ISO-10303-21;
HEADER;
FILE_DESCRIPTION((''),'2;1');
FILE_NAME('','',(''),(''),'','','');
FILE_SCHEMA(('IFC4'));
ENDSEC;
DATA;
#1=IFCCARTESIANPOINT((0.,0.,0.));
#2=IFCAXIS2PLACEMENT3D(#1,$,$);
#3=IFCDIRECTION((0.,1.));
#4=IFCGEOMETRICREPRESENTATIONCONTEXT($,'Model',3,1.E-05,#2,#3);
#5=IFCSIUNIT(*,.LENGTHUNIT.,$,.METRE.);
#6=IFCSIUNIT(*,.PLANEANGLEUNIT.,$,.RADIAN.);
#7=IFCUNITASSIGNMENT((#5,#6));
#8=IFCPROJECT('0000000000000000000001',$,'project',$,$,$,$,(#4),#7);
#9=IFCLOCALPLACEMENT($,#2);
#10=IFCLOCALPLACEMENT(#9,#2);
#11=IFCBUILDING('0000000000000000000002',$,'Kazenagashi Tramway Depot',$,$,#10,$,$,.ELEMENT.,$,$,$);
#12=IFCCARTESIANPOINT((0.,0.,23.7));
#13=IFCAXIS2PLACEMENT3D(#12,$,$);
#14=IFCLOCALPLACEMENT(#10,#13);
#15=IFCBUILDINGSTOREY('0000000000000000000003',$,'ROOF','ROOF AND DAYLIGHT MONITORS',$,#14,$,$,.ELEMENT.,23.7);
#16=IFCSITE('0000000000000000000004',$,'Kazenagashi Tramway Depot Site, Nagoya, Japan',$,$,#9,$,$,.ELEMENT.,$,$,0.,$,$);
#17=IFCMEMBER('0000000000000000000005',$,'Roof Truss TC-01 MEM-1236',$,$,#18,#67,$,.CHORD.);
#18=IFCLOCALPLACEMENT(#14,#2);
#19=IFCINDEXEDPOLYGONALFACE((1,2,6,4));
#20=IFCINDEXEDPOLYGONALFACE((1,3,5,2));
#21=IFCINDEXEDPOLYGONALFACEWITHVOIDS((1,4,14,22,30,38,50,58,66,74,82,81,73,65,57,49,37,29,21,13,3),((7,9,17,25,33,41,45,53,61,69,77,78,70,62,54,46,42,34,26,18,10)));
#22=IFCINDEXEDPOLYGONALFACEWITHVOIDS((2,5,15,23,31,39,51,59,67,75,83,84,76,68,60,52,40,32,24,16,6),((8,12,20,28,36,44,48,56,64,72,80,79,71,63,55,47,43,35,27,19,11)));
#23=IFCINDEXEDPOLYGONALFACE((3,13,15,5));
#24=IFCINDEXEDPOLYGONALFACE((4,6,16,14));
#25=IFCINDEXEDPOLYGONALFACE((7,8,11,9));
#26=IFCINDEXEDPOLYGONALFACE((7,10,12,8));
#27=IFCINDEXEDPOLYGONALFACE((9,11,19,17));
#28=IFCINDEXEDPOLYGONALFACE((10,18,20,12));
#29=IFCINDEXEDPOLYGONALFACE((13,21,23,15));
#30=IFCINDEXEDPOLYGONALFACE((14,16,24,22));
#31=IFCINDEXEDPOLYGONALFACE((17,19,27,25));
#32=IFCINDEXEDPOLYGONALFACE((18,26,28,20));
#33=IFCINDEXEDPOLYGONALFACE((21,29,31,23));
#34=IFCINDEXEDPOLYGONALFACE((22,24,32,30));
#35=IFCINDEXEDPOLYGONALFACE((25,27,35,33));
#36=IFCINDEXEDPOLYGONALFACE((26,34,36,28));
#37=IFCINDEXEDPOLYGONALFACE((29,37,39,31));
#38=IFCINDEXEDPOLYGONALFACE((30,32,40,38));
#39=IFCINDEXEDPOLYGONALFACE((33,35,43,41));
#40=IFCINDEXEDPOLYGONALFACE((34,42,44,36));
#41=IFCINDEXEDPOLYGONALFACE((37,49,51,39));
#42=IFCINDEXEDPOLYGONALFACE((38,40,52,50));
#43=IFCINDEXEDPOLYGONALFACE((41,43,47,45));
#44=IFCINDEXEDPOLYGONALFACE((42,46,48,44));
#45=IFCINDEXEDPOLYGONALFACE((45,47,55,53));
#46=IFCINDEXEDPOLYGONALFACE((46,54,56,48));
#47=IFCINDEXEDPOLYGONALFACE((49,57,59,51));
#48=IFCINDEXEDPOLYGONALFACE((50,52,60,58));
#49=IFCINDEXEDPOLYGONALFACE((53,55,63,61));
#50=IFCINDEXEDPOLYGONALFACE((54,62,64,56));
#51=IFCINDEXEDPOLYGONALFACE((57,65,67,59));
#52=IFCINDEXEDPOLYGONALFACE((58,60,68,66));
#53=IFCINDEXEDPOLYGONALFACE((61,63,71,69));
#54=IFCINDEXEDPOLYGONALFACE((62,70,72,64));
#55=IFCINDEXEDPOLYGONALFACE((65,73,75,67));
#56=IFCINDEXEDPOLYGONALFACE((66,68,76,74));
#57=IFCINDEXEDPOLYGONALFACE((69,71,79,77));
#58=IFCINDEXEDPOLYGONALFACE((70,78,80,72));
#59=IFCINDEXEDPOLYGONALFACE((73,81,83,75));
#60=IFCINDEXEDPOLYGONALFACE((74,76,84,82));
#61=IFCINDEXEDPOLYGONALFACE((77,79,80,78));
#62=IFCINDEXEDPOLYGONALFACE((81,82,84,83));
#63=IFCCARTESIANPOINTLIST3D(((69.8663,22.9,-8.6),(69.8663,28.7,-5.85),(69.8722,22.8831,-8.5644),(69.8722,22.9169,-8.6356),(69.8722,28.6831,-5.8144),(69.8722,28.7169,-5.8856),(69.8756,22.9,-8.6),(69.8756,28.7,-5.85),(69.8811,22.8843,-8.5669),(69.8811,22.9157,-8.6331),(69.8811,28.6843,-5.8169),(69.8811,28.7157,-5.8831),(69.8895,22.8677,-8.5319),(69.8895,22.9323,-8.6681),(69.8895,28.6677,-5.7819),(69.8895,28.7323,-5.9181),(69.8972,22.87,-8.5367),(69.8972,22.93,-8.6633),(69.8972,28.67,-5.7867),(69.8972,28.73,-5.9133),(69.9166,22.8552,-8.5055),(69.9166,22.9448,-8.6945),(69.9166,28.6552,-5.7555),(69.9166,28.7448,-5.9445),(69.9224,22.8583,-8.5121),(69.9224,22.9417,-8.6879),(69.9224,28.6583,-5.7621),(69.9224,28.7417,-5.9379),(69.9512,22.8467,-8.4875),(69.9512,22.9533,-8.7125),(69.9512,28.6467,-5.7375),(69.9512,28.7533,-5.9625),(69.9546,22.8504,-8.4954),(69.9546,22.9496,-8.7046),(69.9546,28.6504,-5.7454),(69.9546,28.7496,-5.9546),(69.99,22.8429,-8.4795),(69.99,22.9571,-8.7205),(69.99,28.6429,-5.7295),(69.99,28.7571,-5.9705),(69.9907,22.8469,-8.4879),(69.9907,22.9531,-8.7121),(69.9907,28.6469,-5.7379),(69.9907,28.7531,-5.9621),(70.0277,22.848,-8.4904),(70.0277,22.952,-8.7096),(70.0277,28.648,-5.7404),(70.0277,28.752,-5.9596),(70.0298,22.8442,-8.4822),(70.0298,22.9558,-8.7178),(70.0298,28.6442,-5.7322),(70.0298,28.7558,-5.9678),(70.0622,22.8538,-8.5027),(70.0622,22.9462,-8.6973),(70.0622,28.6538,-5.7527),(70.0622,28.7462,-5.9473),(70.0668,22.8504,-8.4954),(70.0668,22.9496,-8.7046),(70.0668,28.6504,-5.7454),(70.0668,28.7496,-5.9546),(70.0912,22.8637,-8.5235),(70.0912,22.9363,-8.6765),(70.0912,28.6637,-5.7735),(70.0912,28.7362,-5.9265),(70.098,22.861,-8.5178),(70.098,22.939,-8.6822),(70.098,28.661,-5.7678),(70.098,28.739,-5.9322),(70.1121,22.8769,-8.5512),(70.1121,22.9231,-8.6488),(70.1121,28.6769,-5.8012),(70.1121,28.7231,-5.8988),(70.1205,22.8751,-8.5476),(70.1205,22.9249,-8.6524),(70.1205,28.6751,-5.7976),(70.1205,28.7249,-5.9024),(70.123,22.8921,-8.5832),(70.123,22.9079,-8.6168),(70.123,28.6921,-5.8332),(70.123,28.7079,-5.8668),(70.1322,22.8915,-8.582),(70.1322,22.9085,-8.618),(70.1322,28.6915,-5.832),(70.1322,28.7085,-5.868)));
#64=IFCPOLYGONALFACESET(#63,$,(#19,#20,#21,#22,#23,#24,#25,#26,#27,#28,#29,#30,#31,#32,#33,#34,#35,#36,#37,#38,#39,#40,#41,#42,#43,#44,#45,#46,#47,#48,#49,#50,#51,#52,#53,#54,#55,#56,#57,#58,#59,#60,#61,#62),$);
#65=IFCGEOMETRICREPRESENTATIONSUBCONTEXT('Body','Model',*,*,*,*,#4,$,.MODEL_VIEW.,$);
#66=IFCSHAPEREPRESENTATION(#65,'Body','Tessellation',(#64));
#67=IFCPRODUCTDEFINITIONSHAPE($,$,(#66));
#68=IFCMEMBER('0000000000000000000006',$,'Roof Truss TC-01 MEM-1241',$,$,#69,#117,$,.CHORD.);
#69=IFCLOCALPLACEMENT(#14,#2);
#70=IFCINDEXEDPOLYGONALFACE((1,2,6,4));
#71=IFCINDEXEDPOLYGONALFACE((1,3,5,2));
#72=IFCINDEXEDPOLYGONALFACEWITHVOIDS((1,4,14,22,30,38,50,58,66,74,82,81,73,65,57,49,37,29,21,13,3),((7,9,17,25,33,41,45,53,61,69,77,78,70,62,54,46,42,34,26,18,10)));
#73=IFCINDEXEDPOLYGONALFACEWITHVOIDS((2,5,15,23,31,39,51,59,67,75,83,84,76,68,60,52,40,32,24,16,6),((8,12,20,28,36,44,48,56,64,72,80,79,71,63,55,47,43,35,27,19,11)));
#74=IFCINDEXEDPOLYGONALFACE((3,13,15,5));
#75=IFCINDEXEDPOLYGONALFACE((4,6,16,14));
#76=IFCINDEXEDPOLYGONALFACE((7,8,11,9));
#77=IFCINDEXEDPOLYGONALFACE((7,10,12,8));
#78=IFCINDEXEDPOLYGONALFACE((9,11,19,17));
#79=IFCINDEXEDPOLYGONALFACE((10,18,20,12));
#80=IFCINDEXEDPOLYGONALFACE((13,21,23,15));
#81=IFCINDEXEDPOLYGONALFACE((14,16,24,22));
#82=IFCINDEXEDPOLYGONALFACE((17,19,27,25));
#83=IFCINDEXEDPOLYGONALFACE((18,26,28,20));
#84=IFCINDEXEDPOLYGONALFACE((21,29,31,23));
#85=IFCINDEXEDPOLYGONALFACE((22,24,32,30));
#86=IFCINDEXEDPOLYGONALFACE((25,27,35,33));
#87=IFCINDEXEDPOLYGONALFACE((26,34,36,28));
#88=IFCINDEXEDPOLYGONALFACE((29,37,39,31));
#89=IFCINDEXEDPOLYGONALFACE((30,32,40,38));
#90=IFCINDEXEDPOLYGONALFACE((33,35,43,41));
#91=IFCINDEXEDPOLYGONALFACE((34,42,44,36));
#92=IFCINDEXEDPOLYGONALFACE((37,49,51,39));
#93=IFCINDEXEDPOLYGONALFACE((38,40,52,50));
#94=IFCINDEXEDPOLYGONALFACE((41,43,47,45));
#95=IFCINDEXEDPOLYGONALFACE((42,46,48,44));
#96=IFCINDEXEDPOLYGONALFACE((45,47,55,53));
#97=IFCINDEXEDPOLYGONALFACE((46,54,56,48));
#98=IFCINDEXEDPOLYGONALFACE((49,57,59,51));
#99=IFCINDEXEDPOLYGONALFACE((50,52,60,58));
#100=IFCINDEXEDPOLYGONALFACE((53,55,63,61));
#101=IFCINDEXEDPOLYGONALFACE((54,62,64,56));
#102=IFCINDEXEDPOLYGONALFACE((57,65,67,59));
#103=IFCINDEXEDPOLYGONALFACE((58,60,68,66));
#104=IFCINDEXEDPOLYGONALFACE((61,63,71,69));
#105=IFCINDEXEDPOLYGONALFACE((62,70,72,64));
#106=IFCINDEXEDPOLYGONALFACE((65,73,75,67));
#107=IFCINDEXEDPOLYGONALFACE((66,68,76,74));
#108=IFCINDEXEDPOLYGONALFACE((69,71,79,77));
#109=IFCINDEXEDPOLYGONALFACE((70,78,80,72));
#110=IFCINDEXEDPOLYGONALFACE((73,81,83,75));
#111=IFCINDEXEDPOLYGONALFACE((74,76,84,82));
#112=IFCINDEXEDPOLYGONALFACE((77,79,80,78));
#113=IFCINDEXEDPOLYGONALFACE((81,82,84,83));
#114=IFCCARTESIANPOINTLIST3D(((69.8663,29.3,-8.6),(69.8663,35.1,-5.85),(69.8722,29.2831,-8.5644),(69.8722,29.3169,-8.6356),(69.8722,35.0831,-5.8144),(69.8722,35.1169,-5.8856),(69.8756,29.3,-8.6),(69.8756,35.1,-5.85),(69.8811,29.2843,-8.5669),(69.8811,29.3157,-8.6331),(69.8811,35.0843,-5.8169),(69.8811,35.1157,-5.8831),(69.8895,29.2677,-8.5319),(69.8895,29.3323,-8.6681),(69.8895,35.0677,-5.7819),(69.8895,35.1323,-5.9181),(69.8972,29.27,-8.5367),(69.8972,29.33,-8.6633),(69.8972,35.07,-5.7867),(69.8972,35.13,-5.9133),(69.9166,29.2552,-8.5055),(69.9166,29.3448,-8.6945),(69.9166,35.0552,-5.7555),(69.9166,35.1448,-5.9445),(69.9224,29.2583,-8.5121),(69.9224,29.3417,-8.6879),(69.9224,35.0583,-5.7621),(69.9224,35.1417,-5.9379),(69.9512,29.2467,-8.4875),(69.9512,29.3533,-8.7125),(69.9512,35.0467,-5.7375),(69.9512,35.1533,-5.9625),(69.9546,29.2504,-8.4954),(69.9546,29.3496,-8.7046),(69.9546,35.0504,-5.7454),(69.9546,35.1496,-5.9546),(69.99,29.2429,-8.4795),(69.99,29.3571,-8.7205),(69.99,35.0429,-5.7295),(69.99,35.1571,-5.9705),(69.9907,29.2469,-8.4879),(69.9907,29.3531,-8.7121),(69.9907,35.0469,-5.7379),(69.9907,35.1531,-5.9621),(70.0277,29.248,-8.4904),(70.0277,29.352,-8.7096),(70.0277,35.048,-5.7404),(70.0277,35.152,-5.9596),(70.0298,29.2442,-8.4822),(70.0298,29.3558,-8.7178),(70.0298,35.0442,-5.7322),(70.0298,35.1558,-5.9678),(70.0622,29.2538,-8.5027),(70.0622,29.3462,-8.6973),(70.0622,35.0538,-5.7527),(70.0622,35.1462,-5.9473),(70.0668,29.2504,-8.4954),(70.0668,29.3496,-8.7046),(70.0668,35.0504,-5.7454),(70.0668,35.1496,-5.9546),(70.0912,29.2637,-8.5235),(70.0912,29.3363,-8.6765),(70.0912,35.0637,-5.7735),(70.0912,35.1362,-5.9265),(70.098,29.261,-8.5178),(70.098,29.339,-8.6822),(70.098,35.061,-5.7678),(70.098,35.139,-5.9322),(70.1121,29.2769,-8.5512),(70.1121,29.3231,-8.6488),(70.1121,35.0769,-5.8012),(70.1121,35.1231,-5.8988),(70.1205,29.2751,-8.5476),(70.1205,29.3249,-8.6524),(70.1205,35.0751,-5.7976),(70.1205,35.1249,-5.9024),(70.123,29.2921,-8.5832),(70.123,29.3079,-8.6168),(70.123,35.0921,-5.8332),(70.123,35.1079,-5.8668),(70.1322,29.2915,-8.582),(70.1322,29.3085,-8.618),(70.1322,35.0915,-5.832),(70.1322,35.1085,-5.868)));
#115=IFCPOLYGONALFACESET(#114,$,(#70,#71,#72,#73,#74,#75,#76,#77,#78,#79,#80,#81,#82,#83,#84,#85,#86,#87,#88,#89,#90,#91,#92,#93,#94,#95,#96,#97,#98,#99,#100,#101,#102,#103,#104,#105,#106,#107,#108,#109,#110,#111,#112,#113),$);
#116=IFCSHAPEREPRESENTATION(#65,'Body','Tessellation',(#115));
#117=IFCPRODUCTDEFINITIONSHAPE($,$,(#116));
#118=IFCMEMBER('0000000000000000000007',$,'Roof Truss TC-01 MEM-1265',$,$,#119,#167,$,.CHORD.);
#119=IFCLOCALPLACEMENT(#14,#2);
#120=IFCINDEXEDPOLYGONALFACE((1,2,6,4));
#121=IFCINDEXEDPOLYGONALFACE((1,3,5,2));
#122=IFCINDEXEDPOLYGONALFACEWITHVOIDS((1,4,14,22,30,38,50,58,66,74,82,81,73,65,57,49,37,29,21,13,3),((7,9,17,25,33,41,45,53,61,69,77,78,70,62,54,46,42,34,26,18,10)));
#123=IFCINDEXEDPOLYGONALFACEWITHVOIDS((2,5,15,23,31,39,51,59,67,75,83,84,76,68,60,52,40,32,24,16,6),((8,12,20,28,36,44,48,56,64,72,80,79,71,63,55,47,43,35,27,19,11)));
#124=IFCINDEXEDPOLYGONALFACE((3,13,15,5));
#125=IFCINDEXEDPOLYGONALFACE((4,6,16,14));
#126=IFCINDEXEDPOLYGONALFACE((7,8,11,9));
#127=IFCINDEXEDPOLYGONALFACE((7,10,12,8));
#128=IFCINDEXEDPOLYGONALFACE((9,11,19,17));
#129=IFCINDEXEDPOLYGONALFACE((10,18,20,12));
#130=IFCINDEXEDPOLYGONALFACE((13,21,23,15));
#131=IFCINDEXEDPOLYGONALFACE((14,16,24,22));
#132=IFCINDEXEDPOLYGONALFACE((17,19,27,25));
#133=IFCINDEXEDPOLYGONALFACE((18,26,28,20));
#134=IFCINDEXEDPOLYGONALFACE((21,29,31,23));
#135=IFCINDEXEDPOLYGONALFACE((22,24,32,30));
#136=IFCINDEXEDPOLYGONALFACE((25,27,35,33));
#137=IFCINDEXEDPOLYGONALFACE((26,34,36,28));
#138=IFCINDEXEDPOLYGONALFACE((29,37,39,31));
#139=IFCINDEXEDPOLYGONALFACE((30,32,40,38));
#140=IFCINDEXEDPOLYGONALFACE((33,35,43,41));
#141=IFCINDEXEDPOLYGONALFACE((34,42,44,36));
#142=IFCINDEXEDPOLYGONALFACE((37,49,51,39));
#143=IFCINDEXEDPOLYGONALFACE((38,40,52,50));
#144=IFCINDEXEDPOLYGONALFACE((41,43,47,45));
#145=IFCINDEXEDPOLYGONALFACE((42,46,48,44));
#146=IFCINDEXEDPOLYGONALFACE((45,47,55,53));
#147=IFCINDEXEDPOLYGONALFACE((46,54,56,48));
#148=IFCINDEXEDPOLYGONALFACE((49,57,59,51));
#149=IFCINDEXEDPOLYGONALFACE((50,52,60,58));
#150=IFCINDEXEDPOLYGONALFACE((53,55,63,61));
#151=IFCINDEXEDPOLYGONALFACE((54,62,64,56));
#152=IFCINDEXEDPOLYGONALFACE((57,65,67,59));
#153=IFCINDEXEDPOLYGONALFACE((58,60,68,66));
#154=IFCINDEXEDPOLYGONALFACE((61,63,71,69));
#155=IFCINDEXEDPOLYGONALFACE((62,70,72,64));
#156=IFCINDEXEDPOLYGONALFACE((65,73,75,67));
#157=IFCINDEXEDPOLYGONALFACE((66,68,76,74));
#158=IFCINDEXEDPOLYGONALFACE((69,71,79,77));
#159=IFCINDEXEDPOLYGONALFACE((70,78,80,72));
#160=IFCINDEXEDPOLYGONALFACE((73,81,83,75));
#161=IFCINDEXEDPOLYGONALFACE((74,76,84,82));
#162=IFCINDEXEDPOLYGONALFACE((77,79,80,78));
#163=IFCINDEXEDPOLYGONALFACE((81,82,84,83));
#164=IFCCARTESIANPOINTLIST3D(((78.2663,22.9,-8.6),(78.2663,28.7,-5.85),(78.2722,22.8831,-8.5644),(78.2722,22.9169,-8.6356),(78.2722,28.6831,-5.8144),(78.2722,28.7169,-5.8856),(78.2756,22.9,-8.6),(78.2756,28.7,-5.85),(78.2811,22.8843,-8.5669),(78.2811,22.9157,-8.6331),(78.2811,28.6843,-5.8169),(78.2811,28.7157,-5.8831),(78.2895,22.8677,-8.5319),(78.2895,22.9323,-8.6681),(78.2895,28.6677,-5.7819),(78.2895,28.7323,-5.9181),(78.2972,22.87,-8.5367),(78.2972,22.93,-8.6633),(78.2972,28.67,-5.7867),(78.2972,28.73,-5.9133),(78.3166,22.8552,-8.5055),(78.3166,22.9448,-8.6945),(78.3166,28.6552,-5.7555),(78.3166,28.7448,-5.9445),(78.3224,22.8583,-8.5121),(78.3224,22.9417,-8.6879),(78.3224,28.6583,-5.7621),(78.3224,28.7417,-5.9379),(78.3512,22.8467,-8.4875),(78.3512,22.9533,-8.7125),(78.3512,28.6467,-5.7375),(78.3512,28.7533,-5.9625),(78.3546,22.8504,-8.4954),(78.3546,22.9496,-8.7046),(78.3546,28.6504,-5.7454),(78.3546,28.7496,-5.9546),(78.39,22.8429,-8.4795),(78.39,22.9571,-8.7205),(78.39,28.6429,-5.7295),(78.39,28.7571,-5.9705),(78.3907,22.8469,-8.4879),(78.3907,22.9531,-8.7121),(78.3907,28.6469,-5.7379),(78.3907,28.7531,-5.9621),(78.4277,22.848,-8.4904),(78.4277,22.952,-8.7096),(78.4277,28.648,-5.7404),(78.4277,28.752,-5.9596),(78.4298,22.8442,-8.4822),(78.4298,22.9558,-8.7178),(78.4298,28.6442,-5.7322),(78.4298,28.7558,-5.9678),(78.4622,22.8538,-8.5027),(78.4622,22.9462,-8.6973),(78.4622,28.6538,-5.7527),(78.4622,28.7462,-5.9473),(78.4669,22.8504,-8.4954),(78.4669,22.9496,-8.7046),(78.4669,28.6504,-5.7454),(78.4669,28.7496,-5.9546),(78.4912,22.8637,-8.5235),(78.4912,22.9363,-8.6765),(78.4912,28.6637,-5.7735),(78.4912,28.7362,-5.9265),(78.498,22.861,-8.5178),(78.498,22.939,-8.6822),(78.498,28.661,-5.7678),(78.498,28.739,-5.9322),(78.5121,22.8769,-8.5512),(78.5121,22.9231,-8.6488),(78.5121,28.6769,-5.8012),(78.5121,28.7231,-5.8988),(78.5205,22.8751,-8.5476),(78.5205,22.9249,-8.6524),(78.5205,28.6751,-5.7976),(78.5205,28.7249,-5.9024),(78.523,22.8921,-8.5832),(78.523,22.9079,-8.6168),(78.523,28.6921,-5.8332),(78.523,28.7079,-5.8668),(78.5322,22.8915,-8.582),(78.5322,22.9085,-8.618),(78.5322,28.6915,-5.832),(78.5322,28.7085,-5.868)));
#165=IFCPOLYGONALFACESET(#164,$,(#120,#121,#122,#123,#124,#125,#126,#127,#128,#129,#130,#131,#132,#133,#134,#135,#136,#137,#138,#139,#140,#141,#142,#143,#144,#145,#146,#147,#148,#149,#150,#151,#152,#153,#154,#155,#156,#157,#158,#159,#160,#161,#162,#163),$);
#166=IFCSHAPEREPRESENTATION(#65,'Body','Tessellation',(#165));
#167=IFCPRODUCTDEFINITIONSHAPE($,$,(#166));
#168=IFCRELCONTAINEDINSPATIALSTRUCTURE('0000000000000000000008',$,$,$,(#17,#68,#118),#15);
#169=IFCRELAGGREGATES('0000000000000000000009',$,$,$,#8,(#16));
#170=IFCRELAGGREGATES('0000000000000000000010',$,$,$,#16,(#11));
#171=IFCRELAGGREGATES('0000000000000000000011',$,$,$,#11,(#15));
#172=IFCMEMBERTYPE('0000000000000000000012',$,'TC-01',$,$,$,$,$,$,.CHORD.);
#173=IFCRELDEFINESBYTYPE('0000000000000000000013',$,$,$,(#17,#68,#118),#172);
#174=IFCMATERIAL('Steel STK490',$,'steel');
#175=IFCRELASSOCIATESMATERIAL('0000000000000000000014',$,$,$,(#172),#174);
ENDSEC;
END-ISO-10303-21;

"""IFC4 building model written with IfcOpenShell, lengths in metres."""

from ifc_helpers import new_model, si_unit, direction, frame, origin, origin_2d, place, context, subcontext, project, spatial, hollow_circle, extrude, material, material_profile, profile_set, type_object, element, save


model = new_model("IFC4")

# Units and contexts
model_context = context("Model", 3, precision=1e-05, world=origin(), true_north=direction((0.0, 1.0)))
body_context = subcontext(model_context, "Body", "Model", "MODEL_VIEW")
ifc_project = project(units=[si_unit("LENGTHUNIT", "METRE"), si_unit("PLANEANGLEUNIT", "RADIAN")], contexts=[model_context])

# Site, building, storey
site_placement = place(None, origin())
site = spatial("IfcSite", under=ifc_project, at=site_placement, Name="Kazenagashi Tramway Depot Site, Nagoya, Japan", CompositionType="ELEMENT", RefElevation=0.0)
building_placement = place(site_placement, origin())
building = spatial("IfcBuilding", under=site, at=building_placement, Name="Kazenagashi Tramway Depot", CompositionType="ELEMENT")
storey_placement = place(building_placement, frame((0.0, 0.0, 23.7)))
storey = spatial("IfcBuildingStorey", under=building, at=storey_placement, Name="ROOF", Description="ROOF AND DAYLIGHT MONITORS", CompositionType="ELEMENT", Elevation=23.7)

# Members
ifc_material_1 = material(Name="Steel STK490", Category="steel")
ifc_material_profile_1 = material_profile(ifc_material_1, hollow_circle(Radius=0.1337, WallThickness=0.0093, at=origin_2d()), Name="CHS-267.4x9.3")
ifc_profile_set_1 = profile_set([ifc_material_profile_1], Name="Steel STK490")
member_type_1 = type_object("IfcMemberType", Name="TC-01", PredefinedType="CHORD", material=ifc_profile_set_1)
for number, where, z_axis, x_axis, name in (
    (1, (70.0, 22.9, -8.6), (0.0, 0.903579, 0.428421), (-1.0, 0.0, 0.0), "Roof Truss TC-01 MEM-1236"),
    (2, (70.0, 29.3, -8.6), (0.0, 0.903579, 0.428421), (-1.0, 0.0, 0.0), "Roof Truss TC-01 MEM-1241"),
    (3, (78.4, 22.9, -8.6), (0.0, 0.903579, 0.428421), (-1.0, 0.0, 0.0), "Roof Truss TC-01 MEM-1265"),
):
    element("IfcMember", number, at=place(storey_placement, frame(where, z_axis=z_axis, x_axis=x_axis)), inside=storey, type_object=member_type_1, Name=name, PredefinedType="CHORD", context=body_context, shape_type="SweptSolid", body=[
        extrude(hollow_circle(Radius=0.1337, WallThickness=0.0093, at=origin_2d()), origin(), (0.0, 0.0, 1.0), 6.4189),
    ])

save(model, "model.ifc")
